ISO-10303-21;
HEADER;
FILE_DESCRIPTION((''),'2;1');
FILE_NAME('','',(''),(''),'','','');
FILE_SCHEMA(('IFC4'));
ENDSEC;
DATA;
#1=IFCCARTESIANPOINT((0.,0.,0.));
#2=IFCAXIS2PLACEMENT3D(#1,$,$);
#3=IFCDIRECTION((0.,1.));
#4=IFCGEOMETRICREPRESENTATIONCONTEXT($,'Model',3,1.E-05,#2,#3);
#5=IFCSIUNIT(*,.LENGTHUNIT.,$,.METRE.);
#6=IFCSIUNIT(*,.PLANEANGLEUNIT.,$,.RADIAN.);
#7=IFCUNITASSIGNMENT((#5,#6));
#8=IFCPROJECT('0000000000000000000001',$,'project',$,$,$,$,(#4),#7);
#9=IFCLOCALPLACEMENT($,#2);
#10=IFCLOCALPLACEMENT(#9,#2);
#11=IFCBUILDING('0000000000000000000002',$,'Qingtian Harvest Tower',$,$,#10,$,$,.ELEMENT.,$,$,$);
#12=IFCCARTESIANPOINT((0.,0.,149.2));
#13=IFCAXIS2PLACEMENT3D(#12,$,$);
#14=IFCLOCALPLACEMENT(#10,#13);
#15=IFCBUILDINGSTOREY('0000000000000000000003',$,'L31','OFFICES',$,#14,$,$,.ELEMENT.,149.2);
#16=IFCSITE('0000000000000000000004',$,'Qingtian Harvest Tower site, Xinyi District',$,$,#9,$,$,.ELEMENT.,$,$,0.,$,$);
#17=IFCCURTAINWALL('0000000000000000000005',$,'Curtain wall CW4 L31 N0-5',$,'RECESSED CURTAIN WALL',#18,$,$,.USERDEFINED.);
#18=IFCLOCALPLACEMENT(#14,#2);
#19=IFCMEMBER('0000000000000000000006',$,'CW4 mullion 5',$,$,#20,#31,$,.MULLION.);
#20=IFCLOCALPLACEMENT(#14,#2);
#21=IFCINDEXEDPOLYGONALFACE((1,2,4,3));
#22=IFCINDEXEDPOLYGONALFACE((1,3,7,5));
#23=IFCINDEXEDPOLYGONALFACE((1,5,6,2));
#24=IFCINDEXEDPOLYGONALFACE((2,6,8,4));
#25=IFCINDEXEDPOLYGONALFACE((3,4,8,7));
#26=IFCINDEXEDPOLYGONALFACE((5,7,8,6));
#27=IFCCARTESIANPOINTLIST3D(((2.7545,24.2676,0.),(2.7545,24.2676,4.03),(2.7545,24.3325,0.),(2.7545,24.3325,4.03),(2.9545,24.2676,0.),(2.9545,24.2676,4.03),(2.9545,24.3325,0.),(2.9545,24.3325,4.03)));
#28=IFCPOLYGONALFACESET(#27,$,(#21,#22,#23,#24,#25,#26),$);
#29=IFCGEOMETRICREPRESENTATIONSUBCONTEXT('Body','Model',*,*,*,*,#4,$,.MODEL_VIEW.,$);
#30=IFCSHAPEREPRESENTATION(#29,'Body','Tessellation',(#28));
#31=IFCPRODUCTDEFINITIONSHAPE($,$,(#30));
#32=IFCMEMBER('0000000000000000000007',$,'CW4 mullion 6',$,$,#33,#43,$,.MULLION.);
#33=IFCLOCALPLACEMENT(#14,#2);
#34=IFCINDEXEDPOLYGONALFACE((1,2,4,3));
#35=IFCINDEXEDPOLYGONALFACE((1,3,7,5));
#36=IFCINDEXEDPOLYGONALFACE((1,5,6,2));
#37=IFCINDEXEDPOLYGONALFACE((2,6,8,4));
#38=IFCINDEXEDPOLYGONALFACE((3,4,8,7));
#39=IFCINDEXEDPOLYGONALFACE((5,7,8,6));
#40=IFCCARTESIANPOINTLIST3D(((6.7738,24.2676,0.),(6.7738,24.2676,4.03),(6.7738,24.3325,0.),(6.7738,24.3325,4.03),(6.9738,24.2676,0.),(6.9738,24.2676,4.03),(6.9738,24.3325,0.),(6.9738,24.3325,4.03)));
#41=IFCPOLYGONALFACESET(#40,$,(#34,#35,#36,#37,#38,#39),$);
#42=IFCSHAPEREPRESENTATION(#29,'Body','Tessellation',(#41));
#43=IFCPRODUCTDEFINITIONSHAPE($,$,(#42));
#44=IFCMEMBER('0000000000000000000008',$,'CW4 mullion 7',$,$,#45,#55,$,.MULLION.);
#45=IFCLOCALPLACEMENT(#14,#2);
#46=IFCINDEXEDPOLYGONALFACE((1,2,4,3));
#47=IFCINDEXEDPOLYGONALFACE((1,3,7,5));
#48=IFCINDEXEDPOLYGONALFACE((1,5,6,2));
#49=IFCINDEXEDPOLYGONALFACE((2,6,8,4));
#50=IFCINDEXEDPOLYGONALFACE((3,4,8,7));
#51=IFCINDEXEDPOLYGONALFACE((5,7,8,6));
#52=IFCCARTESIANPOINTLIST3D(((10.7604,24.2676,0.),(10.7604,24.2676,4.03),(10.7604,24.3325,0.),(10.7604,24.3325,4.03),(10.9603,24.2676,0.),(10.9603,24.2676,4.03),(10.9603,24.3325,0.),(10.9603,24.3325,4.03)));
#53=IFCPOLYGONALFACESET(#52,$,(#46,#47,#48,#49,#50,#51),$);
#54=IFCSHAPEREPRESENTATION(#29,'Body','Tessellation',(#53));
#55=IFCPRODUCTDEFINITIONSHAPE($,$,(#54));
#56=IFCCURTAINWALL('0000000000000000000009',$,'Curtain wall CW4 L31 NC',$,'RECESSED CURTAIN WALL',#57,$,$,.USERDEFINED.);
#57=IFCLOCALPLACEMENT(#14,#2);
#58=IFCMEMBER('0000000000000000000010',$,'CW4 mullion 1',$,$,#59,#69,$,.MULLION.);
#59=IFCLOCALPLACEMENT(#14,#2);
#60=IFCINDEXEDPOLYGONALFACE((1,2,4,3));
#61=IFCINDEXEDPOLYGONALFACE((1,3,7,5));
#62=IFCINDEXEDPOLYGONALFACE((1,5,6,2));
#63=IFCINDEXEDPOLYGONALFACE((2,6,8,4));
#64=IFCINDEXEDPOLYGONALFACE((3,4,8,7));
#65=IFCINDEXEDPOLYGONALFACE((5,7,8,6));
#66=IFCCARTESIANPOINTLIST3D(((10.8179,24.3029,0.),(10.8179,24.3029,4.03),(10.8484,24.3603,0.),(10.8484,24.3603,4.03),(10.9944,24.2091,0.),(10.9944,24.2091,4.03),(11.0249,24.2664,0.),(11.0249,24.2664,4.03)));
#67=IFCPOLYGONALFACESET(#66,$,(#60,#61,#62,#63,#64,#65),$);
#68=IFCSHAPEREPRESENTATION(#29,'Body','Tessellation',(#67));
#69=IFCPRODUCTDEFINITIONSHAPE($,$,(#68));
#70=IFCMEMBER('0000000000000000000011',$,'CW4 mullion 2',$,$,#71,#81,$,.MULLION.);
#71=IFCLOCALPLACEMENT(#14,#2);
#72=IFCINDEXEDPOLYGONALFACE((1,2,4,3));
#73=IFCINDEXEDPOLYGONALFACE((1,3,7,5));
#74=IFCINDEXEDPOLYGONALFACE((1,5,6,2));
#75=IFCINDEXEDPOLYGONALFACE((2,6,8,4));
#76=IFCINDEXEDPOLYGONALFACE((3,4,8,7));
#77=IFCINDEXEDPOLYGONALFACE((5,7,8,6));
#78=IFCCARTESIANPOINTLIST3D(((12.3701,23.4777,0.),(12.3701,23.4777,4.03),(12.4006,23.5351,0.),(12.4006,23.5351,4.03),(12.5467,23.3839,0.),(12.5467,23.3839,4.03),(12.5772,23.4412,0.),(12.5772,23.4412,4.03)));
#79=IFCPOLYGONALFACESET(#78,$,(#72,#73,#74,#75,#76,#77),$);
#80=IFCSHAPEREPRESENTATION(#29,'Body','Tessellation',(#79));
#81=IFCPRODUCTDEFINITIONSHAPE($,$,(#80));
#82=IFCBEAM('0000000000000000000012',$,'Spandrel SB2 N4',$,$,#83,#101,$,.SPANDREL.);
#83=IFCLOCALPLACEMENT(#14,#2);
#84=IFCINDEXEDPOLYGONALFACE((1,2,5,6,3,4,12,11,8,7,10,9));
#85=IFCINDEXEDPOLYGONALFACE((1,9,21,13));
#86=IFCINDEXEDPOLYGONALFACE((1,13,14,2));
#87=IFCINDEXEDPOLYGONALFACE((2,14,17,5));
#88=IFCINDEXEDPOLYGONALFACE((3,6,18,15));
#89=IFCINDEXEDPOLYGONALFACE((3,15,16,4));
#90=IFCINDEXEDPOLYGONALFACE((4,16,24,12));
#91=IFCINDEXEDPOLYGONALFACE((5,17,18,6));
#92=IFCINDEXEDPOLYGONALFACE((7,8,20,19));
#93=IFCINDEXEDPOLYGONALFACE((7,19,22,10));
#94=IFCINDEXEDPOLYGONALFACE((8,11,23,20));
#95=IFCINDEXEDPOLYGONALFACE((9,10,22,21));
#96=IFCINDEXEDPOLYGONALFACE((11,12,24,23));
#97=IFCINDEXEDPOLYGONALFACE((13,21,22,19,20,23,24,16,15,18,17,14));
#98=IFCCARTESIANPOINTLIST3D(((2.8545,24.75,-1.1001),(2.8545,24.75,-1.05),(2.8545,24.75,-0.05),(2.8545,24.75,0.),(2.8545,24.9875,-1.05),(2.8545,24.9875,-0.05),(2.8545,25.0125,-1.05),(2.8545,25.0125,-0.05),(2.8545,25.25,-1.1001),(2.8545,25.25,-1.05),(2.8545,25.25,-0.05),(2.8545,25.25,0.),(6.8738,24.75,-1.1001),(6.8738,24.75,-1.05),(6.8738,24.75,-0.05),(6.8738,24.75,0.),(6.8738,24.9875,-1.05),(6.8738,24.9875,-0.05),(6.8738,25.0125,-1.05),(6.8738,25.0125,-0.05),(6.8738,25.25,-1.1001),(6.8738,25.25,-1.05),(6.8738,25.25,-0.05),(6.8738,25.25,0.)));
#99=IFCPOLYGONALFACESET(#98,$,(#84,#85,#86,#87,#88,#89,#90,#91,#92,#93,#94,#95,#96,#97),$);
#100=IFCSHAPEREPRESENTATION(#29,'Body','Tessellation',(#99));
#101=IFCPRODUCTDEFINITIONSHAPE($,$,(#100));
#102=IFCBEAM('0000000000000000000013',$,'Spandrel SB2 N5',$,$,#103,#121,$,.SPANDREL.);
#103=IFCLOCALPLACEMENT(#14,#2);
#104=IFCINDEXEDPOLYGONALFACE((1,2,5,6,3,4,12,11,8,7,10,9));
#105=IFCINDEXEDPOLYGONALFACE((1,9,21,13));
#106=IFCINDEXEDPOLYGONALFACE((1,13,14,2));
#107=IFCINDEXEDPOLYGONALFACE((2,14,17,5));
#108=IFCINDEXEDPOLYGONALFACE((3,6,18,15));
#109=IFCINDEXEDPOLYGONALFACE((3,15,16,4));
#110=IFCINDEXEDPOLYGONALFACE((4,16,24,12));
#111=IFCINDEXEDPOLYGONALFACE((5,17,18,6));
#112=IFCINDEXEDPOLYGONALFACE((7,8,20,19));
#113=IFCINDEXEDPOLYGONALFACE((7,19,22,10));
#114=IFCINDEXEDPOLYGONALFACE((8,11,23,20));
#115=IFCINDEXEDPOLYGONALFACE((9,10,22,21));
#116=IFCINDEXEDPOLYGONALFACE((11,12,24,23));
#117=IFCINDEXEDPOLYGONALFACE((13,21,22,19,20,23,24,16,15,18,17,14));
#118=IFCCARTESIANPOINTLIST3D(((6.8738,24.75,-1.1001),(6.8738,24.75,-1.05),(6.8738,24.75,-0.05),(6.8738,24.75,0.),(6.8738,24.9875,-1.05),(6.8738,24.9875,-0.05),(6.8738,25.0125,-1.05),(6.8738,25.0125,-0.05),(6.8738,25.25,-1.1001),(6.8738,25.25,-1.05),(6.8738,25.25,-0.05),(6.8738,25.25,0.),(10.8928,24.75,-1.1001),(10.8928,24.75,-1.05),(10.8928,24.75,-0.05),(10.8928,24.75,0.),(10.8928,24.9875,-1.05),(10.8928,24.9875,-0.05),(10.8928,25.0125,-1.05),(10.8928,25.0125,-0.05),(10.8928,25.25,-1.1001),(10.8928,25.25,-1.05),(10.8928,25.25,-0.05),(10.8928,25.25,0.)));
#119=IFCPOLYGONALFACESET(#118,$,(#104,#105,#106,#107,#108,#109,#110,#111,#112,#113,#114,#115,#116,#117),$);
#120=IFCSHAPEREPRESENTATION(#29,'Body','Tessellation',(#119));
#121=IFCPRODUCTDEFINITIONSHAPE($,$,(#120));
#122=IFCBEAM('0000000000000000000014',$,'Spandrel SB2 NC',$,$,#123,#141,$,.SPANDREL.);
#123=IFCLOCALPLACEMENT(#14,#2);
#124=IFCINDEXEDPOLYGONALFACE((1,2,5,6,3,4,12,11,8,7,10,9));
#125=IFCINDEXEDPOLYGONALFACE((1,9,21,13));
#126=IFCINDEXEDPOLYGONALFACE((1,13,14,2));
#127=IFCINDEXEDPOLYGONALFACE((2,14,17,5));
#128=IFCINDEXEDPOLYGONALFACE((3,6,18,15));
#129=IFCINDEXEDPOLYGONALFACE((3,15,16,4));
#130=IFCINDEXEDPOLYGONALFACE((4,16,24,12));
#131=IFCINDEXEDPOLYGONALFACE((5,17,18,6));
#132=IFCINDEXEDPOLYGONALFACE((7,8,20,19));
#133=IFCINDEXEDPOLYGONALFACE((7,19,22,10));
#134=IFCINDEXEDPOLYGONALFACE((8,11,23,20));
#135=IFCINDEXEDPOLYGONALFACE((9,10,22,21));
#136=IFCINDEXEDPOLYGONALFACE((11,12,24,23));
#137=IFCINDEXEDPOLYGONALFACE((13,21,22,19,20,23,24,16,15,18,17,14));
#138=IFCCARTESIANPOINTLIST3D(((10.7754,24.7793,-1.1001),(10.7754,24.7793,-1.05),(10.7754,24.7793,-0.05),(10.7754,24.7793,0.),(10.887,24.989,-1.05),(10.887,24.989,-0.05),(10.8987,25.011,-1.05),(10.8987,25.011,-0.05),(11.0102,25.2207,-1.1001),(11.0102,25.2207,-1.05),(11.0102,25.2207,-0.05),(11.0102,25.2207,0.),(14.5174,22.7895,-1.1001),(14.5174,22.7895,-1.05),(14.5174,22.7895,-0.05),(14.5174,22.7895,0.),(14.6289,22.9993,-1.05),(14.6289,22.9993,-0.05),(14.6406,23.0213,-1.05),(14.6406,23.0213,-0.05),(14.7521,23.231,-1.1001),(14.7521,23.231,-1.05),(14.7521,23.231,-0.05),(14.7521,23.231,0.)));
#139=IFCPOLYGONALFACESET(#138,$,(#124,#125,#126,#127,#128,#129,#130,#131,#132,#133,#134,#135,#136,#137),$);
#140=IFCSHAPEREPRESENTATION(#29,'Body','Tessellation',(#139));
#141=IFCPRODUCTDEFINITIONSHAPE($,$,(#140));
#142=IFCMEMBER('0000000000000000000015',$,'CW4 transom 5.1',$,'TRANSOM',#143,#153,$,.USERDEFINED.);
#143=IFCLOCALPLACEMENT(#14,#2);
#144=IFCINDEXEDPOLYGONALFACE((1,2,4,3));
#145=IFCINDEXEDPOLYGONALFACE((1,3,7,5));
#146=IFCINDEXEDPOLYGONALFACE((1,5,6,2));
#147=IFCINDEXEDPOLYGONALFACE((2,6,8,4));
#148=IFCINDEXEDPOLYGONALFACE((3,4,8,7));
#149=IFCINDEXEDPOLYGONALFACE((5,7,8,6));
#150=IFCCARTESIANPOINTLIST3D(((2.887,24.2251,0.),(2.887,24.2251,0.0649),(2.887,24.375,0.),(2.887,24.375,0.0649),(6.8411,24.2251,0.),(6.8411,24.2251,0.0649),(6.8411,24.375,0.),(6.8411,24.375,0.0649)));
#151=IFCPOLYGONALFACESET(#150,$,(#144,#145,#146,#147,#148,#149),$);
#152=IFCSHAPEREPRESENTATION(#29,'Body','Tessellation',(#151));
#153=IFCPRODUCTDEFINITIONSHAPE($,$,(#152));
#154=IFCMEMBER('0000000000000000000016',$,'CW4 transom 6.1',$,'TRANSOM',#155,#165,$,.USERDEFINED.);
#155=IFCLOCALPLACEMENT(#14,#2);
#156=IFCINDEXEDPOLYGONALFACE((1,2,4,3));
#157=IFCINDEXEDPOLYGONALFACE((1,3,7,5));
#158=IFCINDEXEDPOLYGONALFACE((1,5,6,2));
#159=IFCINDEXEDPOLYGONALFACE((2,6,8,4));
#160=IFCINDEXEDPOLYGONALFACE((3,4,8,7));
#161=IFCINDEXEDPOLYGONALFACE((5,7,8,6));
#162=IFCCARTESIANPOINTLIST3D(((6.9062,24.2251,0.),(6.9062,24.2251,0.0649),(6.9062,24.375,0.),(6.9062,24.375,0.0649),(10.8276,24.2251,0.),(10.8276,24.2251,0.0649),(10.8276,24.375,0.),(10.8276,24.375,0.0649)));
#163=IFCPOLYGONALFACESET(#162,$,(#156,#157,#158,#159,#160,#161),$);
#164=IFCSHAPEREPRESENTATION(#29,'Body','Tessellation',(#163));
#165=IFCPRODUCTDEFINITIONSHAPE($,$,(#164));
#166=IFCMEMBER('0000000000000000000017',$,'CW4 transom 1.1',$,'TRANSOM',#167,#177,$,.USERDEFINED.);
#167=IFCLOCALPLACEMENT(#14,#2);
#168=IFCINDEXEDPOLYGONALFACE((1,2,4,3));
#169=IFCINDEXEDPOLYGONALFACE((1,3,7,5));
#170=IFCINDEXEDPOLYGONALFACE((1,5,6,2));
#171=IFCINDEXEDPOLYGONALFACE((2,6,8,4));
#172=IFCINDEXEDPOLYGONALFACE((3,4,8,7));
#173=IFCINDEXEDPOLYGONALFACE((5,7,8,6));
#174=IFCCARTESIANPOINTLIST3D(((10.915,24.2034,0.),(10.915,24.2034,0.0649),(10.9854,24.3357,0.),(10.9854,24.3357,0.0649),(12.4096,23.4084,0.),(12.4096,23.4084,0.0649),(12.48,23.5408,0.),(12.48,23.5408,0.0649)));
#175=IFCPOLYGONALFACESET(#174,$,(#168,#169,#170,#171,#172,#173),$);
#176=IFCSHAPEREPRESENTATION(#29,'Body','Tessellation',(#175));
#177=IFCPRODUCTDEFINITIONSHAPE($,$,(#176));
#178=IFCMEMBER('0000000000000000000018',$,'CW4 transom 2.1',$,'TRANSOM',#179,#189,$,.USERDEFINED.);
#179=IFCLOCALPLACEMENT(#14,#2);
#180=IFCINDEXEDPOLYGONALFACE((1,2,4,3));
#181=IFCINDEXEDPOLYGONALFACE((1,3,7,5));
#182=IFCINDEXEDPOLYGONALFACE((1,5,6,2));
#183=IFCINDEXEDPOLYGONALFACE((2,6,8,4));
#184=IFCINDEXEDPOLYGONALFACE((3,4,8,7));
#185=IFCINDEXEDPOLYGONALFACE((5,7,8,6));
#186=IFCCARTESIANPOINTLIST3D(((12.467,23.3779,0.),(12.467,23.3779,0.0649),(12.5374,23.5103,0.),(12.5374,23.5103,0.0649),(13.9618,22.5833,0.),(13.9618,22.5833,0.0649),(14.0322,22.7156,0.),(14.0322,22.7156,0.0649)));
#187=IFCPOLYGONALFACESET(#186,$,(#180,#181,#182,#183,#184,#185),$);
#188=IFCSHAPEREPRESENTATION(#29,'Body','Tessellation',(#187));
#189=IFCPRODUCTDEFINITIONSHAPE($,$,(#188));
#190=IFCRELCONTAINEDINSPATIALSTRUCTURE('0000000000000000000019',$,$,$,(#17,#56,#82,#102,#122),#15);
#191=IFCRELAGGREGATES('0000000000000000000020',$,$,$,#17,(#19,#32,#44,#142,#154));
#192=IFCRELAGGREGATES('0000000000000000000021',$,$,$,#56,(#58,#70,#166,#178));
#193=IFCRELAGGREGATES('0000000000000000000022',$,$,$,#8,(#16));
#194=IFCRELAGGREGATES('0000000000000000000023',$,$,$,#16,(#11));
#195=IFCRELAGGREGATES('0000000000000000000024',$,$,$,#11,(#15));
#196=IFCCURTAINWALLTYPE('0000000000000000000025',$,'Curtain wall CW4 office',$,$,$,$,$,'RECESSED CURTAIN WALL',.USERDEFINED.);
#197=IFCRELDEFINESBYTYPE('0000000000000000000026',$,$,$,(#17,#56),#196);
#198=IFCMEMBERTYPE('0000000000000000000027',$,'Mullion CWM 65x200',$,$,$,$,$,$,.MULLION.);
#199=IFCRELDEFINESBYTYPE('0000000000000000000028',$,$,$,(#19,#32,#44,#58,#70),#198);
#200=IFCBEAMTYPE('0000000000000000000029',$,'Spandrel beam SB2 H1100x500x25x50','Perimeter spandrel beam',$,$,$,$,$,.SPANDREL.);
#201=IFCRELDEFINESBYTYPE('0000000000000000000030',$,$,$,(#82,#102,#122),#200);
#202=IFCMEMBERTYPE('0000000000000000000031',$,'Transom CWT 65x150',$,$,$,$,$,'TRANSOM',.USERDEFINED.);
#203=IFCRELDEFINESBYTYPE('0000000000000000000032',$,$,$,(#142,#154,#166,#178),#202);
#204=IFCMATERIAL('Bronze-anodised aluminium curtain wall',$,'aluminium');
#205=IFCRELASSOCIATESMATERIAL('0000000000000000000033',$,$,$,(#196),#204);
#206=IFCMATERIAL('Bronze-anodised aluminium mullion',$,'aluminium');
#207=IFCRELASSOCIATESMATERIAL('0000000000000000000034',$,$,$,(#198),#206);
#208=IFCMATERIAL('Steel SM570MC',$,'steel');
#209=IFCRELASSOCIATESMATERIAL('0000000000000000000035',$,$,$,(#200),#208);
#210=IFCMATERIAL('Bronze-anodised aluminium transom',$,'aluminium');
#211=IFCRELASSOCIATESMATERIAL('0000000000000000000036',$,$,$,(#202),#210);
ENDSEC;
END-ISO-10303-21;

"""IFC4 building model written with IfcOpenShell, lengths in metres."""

from ifc_helpers import new_model, si_unit, direction, frame, origin, origin_2d, place, context, subcontext, project, spatial, rectangle, i_section, extrude, material, material_profile, profile_set, type_object, element, aggregate, save


model = new_model("IFC4")

# Units and contexts
model_context = context("Model", 3, precision=1e-05, world=origin(), true_north=direction((0.0, 1.0)))
body_context = subcontext(model_context, "Body", "Model", "MODEL_VIEW")
ifc_project = project(units=[si_unit("LENGTHUNIT", "METRE"), si_unit("PLANEANGLEUNIT", "RADIAN")], contexts=[model_context])

# Site, building, storey
site_placement = place(None, origin())
site = spatial("IfcSite", under=ifc_project, at=site_placement, Name="Qingtian Harvest Tower site, Xinyi District", CompositionType="ELEMENT", RefElevation=0.0)
building_placement = place(site_placement, origin())
building = spatial("IfcBuilding", under=site, at=building_placement, Name="Qingtian Harvest Tower", CompositionType="ELEMENT")
storey_placement = place(building_placement, frame((0.0, 0.0, 149.2)))
storey = spatial("IfcBuildingStorey", under=building, at=storey_placement, Name="L31", Description="OFFICES", CompositionType="ELEMENT", Elevation=149.2)

# Curtain walls, members
ifc_material_1 = material(Name="Bronze-anodised aluminium curtain wall", Category="aluminium")
curtain_wall_type = type_object("IfcCurtainWallType", Name="Curtain wall CW4 office", ElementType="RECESSED CURTAIN WALL", PredefinedType="USERDEFINED", material=ifc_material_1)
curtain_wall_1_placement = place(storey_placement, origin())
curtain_wall_1 = element("IfcCurtainWall", 1, at=curtain_wall_1_placement, inside=storey, type_object=curtain_wall_type, Name="Curtain wall CW4 L31 N0-5", ObjectType="RECESSED CURTAIN WALL", PredefinedType="USERDEFINED")
ifc_material_2 = material(Name="Bronze-anodised aluminium mullion", Category="aluminium")
ifc_material_profile_1 = material_profile(ifc_material_2, rectangle(XDim=0.0649, YDim=0.2, at=origin_2d()), Name="AL 65x200")
ifc_profile_set_1 = profile_set([ifc_material_profile_1], Name="Bronze-anodised aluminium mullion")
member_type_1 = type_object("IfcMemberType", Name="Mullion CWM 65x200", PredefinedType="MULLION", material=ifc_profile_set_1)
member_1_placement = place(storey_placement, frame((2.8545, 24.3, 0.0), z_axis=(0.0, 0.0, 1.0), x_axis=(0.0, 1.0, 0.0)))
member_1 = element("IfcMember", 2, at=member_1_placement, type_object=member_type_1, Name="CW4 mullion 5", PredefinedType="MULLION", context=body_context, shape_type="SweptSolid", body=[
    extrude(rectangle(XDim=0.0649, YDim=0.2, at=origin_2d()), origin(), (0.0, 0.0, 1.0), 4.03),
])
member_2_placement = place(storey_placement, frame((6.8738, 24.3, 0.0), z_axis=(0.0, 0.0, 1.0), x_axis=(0.0, 1.0, 0.0)))
member_2 = element("IfcMember", 3, at=member_2_placement, type_object=member_type_1, Name="CW4 mullion 6", PredefinedType="MULLION", context=body_context, shape_type="SweptSolid", body=[
    extrude(rectangle(XDim=0.0649, YDim=0.2, at=origin_2d()), origin(), (0.0, 0.0, 1.0), 4.03),
])
member_3_placement = place(storey_placement, frame((10.8604, 24.3, 0.0), z_axis=(0.0, 0.0, 1.0), x_axis=(0.0, 1.0, 0.0)))
member_3 = element("IfcMember", 4, at=member_3_placement, type_object=member_type_1, Name="CW4 mullion 7", PredefinedType="MULLION", context=body_context, shape_type="SweptSolid", body=[
    extrude(rectangle(XDim=0.0649, YDim=0.2, at=origin_2d()), origin(), (0.0, 0.0, 1.0), 4.03),
])
curtain_wall_2_placement = place(storey_placement, origin())
curtain_wall_2 = element("IfcCurtainWall", 5, at=curtain_wall_2_placement, inside=storey, type_object=curtain_wall_type, Name="Curtain wall CW4 L31 NC", ObjectType="RECESSED CURTAIN WALL", PredefinedType="USERDEFINED")
member_4_placement = place(storey_placement, frame((10.9214, 24.2847, 0.0), z_axis=(0.0, 0.0, 1.0), x_axis=(0.469472, 0.882948, 0.0)))
member_4 = element("IfcMember", 6, at=member_4_placement, type_object=member_type_1, Name="CW4 mullion 1", PredefinedType="MULLION", context=body_context, shape_type="SweptSolid", body=[
    extrude(rectangle(XDim=0.0649, YDim=0.2, at=origin_2d()), origin(), (0.0, 0.0, 1.0), 4.03),
])
member_5_placement = place(storey_placement, frame((12.4736, 23.4595, 0.0), z_axis=(0.0, 0.0, 1.0), x_axis=(0.469472, 0.882948, 0.0)))
member_5 = element("IfcMember", 7, at=member_5_placement, type_object=member_type_1, Name="CW4 mullion 2", PredefinedType="MULLION", context=body_context, shape_type="SweptSolid", body=[
    extrude(rectangle(XDim=0.0649, YDim=0.2, at=origin_2d()), origin(), (0.0, 0.0, 1.0), 4.03),
])

# Beams
ifc_material_3 = material(Name="Steel SM570MC", Category="steel")
ifc_material_profile_2 = material_profile(ifc_material_3, i_section(OverallWidth=0.5, OverallDepth=1.1001, WebThickness=0.0249, FlangeThickness=0.05, at=origin_2d()), Name="H1100x500x25x50")
ifc_profile_set_2 = profile_set([ifc_material_profile_2], Name="Steel SM570MC")
beam_type_1 = type_object("IfcBeamType", Name="Spandrel beam SB2 H1100x500x25x50", Description="Perimeter spandrel beam", PredefinedType="SPANDREL", material=ifc_profile_set_2)
beam_1_placement = place(storey_placement, frame((2.8545, 25.0, -0.55), z_axis=(1.0, 0.0, 0.0), x_axis=(0.0, 1.0, 0.0)))
element("IfcBeam", 8, at=beam_1_placement, inside=storey, type_object=beam_type_1, Name="Spandrel SB2 N4", PredefinedType="SPANDREL", context=body_context, shape_type="SweptSolid", body=[
    extrude(i_section(OverallWidth=0.5, OverallDepth=1.1001, WebThickness=0.0249, FlangeThickness=0.05, at=origin_2d()), origin(), (0.0, 0.0, 1.0), 4.0193),
])
beam_2_placement = place(storey_placement, frame((6.8738, 25.0, -0.55), z_axis=(1.0, 0.0, 0.0), x_axis=(0.0, 1.0, 0.0)))
element("IfcBeam", 9, at=beam_2_placement, inside=storey, type_object=beam_type_1, Name="Spandrel SB2 N5", PredefinedType="SPANDREL", context=body_context, shape_type="SweptSolid", body=[
    extrude(i_section(OverallWidth=0.5, OverallDepth=1.1001, WebThickness=0.0249, FlangeThickness=0.05, at=origin_2d()), origin(), (0.0, 0.0, 1.0), 4.019),
])
beam_3_placement = place(storey_placement, frame((10.8928, 25.0, -0.55), z_axis=(0.882936, -0.469494, 0.0), x_axis=(0.469494, 0.882936, 0.0)))
element("IfcBeam", 10, at=beam_3_placement, inside=storey, type_object=beam_type_1, Name="Spandrel SB2 NC", PredefinedType="SPANDREL", context=body_context, shape_type="SweptSolid", body=[
    extrude(i_section(OverallWidth=0.5, OverallDepth=1.1001, WebThickness=0.0249, FlangeThickness=0.05, at=origin_2d()), origin(), (0.0, 0.0, 1.0), 4.238),
])

# Members
ifc_material_4 = material(Name="Bronze-anodised aluminium transom", Category="aluminium")
ifc_material_profile_3 = material_profile(ifc_material_4, rectangle(XDim=0.1499, YDim=0.0649, at=origin_2d()), Name="AL 65x150")
ifc_profile_set_3 = profile_set([ifc_material_profile_3], Name="Bronze-anodised aluminium transom")
member_type_2 = type_object("IfcMemberType", Name="Transom CWT 65x150", ElementType="TRANSOM", PredefinedType="USERDEFINED", material=ifc_profile_set_3)
member_6_placement = place(storey_placement, frame((2.887, 24.3, 0.0325), z_axis=(1.0, 0.0, 0.0), x_axis=(0.0, 1.0, 0.0)))
member_6 = element("IfcMember", 11, at=member_6_placement, type_object=member_type_2, Name="CW4 transom 5.1", ObjectType="TRANSOM", PredefinedType="USERDEFINED", context=body_context, shape_type="SweptSolid", body=[
    extrude(rectangle(XDim=0.1499, YDim=0.0649, at=origin_2d()), origin(), (0.0, 0.0, 1.0), 3.9541),
])
member_7_placement = place(storey_placement, frame((6.9062, 24.3, 0.0325), z_axis=(1.0, 0.0, 0.0), x_axis=(0.0, 1.0, 0.0)))
member_7 = element("IfcMember", 12, at=member_7_placement, type_object=member_type_2, Name="CW4 transom 6.1", ObjectType="TRANSOM", PredefinedType="USERDEFINED", context=body_context, shape_type="SweptSolid", body=[
    extrude(rectangle(XDim=0.1499, YDim=0.0649, at=origin_2d()), origin(), (0.0, 0.0, 1.0), 3.9214),
])
member_8_placement = place(storey_placement, frame((10.9502, 24.2695, 0.0325), z_axis=(0.882895, -0.46957, 0.0), x_axis=(0.46957, 0.882895, 0.0)))
member_8 = element("IfcMember", 13, at=member_8_placement, type_object=member_type_2, Name="CW4 transom 1.1", ObjectType="TRANSOM", PredefinedType="USERDEFINED", context=body_context, shape_type="SweptSolid", body=[
    extrude(rectangle(XDim=0.1499, YDim=0.0649, at=origin_2d()), origin(), (0.0, 0.0, 1.0), 1.6929),
])
member_9_placement = place(storey_placement, frame((12.5022, 23.4441, 0.0325), z_axis=(0.882987, -0.469398, 0.0), x_axis=(0.469398, 0.882987, 0.0)))
member_9 = element("IfcMember", 14, at=member_9_placement, type_object=member_type_2, Name="CW4 transom 2.1", ObjectType="TRANSOM", PredefinedType="USERDEFINED", context=body_context, shape_type="SweptSolid", body=[
    extrude(rectangle(XDim=0.1499, YDim=0.0649, at=origin_2d()), origin(), (0.0, 0.0, 1.0), 1.6929),
])

aggregate(curtain_wall_1, [member_1, member_2, member_3, member_6, member_7])
aggregate(curtain_wall_2, [member_4, member_5, member_8, member_9])

save(model, "model.ifc")
